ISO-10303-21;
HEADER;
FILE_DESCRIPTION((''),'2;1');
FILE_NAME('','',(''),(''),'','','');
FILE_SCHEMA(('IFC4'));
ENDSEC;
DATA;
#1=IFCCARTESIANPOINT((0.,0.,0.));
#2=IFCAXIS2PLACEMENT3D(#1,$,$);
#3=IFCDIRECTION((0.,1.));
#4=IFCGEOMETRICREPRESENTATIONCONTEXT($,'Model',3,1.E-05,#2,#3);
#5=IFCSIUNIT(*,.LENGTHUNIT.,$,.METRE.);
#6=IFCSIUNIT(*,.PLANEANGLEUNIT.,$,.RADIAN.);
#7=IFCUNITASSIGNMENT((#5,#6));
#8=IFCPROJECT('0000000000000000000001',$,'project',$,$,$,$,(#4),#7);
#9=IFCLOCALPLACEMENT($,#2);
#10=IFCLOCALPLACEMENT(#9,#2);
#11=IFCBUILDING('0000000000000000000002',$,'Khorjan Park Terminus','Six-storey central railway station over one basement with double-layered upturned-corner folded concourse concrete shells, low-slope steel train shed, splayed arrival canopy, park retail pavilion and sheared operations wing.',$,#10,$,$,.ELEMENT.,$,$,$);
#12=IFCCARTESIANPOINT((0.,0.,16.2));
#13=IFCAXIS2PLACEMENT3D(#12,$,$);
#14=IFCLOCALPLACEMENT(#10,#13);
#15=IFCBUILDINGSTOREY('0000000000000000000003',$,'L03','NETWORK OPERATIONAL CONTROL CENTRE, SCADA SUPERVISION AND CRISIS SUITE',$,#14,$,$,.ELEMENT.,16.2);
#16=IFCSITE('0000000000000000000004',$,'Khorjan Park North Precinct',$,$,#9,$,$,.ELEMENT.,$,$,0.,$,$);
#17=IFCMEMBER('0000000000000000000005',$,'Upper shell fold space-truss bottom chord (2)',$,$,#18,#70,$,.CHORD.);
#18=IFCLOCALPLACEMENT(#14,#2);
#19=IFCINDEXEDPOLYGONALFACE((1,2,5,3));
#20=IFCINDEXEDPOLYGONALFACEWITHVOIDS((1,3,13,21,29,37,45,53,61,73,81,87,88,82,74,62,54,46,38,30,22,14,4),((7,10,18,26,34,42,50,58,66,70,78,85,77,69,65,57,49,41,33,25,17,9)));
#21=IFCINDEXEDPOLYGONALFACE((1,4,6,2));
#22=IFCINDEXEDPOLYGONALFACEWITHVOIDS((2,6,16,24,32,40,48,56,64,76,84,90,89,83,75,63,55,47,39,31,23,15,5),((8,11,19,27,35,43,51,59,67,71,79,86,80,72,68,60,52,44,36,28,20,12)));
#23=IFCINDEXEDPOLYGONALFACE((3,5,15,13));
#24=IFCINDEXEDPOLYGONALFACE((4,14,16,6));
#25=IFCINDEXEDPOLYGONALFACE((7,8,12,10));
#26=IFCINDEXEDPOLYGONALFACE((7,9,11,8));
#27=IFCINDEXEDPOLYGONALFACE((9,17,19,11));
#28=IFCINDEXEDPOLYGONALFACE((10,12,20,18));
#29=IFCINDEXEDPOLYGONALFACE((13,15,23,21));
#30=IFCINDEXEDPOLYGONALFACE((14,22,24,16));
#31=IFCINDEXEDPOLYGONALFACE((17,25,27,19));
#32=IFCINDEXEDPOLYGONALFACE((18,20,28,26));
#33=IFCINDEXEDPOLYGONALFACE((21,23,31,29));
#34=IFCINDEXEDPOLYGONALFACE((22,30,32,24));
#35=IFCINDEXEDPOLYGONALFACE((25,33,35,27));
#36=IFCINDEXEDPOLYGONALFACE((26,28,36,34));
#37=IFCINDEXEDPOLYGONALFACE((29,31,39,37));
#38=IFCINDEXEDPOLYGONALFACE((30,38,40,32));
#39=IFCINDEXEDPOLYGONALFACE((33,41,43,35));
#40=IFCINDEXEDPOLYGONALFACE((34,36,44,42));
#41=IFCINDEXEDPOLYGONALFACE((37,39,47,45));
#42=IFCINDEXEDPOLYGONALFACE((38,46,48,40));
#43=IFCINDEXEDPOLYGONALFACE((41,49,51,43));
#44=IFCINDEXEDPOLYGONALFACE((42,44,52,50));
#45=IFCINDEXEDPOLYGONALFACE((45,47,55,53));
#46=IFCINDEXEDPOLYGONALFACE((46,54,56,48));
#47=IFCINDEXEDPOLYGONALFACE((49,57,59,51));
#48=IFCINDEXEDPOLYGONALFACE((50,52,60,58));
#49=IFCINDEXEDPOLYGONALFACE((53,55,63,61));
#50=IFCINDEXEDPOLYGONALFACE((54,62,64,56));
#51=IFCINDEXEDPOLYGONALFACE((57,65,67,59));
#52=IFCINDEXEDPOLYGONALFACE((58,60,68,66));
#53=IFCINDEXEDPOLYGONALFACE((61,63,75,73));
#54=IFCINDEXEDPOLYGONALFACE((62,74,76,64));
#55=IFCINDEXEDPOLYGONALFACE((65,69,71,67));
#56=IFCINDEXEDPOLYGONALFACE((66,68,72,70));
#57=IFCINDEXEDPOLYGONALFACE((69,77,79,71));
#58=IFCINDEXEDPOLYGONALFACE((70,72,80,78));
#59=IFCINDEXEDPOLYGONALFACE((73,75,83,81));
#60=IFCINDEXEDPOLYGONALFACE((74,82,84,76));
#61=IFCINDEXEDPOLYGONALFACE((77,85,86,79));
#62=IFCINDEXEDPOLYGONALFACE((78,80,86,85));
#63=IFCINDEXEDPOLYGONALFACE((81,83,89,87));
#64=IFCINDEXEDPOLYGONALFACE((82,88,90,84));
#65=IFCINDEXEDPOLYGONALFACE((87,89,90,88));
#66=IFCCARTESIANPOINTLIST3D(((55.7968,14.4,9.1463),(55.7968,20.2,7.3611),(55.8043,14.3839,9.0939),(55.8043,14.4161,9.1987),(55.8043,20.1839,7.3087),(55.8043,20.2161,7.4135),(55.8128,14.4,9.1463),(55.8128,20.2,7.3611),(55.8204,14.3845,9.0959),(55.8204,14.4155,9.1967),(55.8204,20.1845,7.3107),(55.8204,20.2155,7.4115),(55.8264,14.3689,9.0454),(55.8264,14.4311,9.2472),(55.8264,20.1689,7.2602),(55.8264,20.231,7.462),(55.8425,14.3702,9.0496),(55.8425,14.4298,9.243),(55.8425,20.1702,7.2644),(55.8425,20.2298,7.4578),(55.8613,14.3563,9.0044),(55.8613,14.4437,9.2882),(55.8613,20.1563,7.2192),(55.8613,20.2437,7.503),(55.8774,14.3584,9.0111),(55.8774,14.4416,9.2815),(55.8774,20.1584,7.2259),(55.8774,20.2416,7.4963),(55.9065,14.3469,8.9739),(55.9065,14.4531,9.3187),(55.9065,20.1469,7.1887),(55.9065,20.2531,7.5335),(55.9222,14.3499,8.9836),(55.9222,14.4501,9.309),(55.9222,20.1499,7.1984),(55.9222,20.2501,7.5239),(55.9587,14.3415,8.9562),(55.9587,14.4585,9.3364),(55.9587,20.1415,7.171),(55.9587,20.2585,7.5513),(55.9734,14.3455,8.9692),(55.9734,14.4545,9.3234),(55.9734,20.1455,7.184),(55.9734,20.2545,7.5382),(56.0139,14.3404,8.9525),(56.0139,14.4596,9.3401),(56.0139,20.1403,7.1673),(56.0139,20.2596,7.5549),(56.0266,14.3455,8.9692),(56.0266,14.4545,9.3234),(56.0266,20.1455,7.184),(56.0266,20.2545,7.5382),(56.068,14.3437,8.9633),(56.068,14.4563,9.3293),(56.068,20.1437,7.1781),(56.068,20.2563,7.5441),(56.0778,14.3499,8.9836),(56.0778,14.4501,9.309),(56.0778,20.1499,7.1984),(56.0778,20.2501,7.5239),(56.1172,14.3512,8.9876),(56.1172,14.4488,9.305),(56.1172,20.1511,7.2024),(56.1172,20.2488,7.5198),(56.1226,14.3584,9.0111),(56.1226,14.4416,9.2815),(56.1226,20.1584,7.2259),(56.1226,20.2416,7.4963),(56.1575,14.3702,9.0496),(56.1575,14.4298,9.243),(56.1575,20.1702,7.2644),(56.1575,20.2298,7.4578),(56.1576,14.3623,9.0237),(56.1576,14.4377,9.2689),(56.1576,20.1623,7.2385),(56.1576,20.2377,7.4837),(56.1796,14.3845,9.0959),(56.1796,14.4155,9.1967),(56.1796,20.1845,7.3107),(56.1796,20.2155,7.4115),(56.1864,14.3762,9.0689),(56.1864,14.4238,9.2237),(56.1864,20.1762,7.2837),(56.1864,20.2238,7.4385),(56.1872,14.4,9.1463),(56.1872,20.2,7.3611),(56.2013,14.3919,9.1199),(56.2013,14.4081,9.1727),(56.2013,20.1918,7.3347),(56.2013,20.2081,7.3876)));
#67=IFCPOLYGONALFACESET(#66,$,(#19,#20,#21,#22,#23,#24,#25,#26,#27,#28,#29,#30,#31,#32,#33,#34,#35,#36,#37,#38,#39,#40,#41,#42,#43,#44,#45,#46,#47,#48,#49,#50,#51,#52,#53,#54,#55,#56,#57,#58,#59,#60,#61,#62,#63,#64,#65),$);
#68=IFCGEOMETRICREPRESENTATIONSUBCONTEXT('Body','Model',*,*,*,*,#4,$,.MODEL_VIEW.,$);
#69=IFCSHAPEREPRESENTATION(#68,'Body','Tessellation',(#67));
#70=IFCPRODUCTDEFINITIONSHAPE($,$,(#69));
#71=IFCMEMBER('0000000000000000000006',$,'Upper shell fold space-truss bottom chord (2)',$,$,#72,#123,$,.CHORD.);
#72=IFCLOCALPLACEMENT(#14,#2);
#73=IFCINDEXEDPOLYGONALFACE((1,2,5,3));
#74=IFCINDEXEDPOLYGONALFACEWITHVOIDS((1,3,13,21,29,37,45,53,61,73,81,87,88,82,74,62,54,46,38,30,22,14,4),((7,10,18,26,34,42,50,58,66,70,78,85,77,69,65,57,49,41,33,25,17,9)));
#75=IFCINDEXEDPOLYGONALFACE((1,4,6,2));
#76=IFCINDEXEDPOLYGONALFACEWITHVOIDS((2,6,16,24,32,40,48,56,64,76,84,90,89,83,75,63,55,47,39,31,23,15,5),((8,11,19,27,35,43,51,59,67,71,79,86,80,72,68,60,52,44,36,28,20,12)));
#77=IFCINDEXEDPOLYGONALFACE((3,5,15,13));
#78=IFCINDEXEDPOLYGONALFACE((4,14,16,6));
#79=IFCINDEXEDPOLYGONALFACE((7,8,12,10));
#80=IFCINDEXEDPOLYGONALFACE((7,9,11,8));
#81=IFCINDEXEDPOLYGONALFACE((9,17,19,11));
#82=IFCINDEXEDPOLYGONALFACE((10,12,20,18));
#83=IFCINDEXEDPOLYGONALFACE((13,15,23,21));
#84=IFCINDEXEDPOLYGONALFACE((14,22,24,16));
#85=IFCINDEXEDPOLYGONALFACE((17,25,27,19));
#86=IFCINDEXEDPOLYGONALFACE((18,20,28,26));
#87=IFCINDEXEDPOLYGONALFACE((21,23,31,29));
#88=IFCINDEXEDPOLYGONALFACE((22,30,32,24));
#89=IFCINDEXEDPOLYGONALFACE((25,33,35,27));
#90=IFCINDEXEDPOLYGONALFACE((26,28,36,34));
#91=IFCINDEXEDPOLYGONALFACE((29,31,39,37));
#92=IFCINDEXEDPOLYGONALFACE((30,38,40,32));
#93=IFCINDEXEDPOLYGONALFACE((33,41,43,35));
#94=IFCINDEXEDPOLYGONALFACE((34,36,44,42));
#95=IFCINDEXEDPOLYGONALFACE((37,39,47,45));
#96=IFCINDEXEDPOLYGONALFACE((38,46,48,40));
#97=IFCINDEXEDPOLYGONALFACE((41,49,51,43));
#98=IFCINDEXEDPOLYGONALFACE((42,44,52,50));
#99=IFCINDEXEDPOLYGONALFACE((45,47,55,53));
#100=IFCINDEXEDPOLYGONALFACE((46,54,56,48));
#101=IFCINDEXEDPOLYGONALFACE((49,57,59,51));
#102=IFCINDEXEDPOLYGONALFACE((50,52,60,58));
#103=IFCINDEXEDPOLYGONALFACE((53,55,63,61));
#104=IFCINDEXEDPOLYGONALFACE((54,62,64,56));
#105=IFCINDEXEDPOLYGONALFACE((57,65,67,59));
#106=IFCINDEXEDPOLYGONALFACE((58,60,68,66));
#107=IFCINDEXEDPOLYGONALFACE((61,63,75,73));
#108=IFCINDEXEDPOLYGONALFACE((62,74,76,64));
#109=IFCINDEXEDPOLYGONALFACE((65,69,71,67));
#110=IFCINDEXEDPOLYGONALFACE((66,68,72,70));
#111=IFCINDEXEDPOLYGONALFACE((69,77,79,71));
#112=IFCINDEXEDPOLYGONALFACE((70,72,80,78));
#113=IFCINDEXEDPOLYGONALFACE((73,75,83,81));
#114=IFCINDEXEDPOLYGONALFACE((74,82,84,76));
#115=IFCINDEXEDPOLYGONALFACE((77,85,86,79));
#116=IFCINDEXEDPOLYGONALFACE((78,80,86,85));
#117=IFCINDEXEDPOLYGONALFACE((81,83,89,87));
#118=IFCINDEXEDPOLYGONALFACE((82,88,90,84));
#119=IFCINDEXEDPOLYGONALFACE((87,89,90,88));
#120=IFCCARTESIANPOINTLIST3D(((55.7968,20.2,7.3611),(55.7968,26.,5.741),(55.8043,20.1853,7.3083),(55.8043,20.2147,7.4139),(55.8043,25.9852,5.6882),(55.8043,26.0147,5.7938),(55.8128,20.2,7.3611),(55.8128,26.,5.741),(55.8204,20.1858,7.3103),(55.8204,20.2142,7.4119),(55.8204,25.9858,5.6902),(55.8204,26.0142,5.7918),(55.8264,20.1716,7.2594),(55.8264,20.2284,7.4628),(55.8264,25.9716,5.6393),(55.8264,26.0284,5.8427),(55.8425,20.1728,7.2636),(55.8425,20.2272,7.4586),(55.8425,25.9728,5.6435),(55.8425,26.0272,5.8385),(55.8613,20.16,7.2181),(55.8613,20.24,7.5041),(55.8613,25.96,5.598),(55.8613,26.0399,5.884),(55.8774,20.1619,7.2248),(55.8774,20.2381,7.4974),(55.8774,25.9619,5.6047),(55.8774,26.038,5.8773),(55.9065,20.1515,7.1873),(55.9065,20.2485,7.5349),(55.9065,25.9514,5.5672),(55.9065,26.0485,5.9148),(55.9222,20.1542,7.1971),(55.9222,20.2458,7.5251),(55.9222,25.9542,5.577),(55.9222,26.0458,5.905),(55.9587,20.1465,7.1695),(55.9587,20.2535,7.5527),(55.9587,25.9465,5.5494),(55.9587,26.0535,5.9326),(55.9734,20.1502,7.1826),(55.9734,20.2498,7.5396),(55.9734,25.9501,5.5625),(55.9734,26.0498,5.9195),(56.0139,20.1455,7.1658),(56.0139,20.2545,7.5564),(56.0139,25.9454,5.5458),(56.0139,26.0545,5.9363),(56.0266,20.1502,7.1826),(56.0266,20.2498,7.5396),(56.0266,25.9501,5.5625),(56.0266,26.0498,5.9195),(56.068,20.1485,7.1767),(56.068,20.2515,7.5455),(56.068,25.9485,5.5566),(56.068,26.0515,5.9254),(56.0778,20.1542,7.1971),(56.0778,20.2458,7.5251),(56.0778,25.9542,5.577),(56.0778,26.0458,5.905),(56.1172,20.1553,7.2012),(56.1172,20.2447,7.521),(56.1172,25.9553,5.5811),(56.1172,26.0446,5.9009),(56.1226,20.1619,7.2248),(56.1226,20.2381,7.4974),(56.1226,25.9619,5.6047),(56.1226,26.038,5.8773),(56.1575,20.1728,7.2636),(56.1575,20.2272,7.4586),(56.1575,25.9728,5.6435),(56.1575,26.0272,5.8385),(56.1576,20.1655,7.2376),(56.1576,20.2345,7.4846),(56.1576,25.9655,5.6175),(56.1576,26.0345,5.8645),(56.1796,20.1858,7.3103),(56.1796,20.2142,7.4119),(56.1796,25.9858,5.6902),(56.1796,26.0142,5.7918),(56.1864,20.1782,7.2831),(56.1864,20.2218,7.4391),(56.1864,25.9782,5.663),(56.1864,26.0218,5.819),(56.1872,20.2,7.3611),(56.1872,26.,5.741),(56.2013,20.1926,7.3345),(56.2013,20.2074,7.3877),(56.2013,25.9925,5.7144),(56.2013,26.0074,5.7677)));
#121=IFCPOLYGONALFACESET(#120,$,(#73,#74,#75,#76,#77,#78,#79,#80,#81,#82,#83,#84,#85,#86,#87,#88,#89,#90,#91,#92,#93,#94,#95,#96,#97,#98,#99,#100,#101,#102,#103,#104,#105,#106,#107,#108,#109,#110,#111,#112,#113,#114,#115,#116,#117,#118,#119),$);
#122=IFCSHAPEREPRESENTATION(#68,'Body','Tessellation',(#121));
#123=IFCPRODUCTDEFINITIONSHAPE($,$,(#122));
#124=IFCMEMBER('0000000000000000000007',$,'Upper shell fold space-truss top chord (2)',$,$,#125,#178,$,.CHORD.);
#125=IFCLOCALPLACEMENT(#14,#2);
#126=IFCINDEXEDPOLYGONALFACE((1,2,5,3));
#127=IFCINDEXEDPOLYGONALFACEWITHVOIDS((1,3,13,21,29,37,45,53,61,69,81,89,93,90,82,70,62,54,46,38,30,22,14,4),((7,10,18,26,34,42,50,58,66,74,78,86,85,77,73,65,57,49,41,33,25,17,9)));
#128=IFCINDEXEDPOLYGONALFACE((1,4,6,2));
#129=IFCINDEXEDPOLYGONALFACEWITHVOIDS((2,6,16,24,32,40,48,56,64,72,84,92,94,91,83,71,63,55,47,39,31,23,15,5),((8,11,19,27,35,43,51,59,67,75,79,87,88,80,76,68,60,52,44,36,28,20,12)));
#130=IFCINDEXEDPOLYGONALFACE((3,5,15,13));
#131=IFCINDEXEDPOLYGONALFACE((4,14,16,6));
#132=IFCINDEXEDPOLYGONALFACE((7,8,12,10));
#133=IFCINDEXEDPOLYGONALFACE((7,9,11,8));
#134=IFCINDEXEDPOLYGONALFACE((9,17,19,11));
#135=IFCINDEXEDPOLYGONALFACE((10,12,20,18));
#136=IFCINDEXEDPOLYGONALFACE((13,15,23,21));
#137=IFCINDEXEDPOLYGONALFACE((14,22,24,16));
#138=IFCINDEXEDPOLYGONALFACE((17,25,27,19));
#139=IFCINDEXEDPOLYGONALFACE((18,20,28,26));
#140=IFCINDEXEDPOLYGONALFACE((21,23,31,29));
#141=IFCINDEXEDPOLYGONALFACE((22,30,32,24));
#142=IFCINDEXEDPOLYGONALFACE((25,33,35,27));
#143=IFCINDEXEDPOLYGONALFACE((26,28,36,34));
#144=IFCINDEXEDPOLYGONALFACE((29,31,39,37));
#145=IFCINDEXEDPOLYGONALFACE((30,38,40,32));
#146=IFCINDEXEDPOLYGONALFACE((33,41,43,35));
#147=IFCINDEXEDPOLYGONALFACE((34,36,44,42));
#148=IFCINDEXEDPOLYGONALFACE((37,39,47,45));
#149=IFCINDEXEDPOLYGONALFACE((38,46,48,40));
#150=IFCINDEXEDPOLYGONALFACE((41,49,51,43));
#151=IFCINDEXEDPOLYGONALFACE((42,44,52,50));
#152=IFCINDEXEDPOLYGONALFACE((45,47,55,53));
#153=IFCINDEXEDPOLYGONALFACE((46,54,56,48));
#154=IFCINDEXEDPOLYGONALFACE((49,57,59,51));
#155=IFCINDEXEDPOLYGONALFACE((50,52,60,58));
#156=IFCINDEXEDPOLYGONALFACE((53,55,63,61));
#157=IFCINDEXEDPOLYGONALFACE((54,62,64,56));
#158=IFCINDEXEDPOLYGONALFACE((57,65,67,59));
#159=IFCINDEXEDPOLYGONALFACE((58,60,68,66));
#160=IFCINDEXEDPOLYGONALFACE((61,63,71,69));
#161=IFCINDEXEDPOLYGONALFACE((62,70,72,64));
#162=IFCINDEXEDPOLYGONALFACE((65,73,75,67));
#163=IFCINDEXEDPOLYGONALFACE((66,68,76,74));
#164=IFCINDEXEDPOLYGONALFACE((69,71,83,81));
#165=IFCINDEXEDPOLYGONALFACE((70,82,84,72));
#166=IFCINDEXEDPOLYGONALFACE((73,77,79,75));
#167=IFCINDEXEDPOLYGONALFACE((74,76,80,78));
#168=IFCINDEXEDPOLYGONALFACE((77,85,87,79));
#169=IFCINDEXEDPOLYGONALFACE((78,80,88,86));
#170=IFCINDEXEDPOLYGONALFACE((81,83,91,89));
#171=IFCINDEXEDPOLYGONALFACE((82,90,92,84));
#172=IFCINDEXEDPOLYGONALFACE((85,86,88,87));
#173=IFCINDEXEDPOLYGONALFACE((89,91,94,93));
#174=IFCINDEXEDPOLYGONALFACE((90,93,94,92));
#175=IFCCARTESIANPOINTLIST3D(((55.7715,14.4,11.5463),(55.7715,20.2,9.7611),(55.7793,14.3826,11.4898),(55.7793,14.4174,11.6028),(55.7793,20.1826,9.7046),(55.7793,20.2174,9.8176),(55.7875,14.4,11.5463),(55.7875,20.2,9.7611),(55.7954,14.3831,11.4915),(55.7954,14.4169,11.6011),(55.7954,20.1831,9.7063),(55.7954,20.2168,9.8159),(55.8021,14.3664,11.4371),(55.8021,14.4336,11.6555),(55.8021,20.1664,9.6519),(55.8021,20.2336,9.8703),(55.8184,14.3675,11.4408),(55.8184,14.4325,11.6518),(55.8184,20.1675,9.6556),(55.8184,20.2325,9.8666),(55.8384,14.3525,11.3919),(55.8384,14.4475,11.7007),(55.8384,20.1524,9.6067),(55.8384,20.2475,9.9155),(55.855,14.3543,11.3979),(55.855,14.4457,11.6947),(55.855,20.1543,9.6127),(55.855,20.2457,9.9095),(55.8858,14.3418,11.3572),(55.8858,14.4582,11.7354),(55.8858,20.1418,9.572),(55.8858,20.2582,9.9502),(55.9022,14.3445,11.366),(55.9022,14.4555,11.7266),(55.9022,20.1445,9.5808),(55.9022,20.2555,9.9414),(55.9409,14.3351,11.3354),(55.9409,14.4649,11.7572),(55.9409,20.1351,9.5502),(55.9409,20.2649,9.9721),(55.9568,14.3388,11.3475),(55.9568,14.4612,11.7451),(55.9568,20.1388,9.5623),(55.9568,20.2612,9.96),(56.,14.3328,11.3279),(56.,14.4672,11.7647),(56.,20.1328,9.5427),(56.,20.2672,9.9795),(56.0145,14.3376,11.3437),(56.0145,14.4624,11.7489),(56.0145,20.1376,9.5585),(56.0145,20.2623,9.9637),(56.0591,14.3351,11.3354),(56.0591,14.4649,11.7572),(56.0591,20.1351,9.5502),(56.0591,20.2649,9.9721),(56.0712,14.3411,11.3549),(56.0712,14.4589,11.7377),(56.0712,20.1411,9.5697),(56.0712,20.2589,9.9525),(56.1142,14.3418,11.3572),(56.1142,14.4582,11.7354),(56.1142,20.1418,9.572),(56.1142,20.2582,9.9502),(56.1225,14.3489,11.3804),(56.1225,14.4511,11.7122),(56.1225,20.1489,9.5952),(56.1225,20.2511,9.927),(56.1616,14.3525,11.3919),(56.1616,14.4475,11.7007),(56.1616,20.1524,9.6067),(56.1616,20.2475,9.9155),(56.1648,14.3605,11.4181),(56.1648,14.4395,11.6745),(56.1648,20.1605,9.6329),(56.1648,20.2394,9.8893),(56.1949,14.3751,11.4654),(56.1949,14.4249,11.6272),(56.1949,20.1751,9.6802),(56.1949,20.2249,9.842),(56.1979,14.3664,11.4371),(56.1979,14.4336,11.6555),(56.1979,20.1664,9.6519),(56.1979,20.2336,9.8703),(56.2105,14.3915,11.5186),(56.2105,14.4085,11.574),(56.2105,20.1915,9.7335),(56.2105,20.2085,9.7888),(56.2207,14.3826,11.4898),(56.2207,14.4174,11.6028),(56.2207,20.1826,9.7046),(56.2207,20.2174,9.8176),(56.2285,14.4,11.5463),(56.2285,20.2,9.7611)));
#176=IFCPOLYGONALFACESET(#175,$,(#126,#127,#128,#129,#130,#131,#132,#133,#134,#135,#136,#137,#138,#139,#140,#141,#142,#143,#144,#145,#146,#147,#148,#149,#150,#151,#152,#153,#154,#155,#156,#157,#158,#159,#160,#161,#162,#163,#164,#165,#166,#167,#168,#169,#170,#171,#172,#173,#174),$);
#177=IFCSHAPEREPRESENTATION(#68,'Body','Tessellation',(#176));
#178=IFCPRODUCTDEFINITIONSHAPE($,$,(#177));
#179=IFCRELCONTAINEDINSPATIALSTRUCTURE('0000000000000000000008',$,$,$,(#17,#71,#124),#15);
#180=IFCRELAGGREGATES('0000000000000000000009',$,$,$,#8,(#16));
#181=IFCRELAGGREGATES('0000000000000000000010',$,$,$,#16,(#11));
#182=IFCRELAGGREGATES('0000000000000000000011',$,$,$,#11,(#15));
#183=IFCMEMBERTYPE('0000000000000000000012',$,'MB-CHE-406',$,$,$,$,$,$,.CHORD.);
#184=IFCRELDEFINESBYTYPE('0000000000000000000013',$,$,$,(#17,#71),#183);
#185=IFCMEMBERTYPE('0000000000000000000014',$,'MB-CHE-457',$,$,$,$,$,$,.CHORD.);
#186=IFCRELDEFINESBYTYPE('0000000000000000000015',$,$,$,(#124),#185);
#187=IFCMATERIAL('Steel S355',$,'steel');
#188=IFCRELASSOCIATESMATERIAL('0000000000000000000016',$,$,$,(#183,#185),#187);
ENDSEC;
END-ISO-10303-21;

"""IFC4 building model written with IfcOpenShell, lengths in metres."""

from ifc_helpers import new_model, si_unit, direction, frame, origin, origin_2d, place, context, subcontext, project, spatial, hollow_circle, extrude, material, material_profile, profile_set, type_object, element, save


model = new_model("IFC4")

# Units and contexts
model_context = context("Model", 3, precision=1e-05, world=origin(), true_north=direction((0.0, 1.0)))
body_context = subcontext(model_context, "Body", "Model", "MODEL_VIEW")
ifc_project = project(units=[si_unit("LENGTHUNIT", "METRE"), si_unit("PLANEANGLEUNIT", "RADIAN")], contexts=[model_context])

# Site, building, storey
site_placement = place(None, origin())
site = spatial("IfcSite", under=ifc_project, at=site_placement, Name="Khorjan Park North Precinct", CompositionType="ELEMENT", RefElevation=0.0)
building_placement = place(site_placement, origin())
building = spatial("IfcBuilding", under=site, at=building_placement, Name="Khorjan Park Terminus", Description="Six-storey central railway station over one basement with double-layered upturned-corner folded concourse concrete shells, low-slope steel train shed, splayed arrival canopy, park retail pavilion and sheared operations wing.", CompositionType="ELEMENT")
storey_placement = place(building_placement, frame((0.0, 0.0, 16.2)))
storey = spatial("IfcBuildingStorey", under=building, at=storey_placement, Name="L03", Description="NETWORK OPERATIONAL CONTROL CENTRE, SCADA SUPERVISION AND CRISIS SUITE", CompositionType="ELEMENT", Elevation=16.2)

# Members
ifc_material_1 = material(Name="Steel S355", Category="steel")
ifc_material_profile_1 = material_profile(ifc_material_1, hollow_circle(Radius=0.2032, WallThickness=0.016, at=origin_2d()), Name="CHS 406.4x16")
ifc_profile_set_1 = profile_set([ifc_material_profile_1], Name="Steel S355")
member_type_1 = type_object("IfcMemberType", Name="MB-CHE-406", PredefinedType="CHORD", material=ifc_profile_set_1)
member_1_placement = place(storey_placement, frame((56.0, 14.4, 9.1463), z_axis=(0.0, 0.955752, -0.294174), x_axis=(-1.0, 0.0, 0.0)))
element("IfcMember", 1, at=member_1_placement, inside=storey, type_object=member_type_1, Name="Upper shell fold space-truss bottom chord (2)", PredefinedType="CHORD", context=body_context, shape_type="SweptSolid", body=[
    extrude(hollow_circle(Radius=0.2032, WallThickness=0.016, at=origin_2d()), origin(), (0.0, 0.0, 1.0), 6.0685),
])
member_2_placement = place(storey_placement, frame((56.0, 20.2, 7.3611), z_axis=(0.0, 0.963132, -0.269029), x_axis=(-1.0, 0.0, 0.0)))
element("IfcMember", 2, at=member_2_placement, inside=storey, type_object=member_type_1, Name="Upper shell fold space-truss bottom chord (2)", PredefinedType="CHORD", context=body_context, shape_type="SweptSolid", body=[
    extrude(hollow_circle(Radius=0.2032, WallThickness=0.016, at=origin_2d()), origin(), (0.0, 0.0, 1.0), 6.022),
])
ifc_material_profile_2 = material_profile(ifc_material_1, hollow_circle(Radius=0.2285, WallThickness=0.016, at=origin_2d()), Name="CHS 457x16")
ifc_profile_set_2 = profile_set([ifc_material_profile_2], Name="Steel S355")
member_type_2 = type_object("IfcMemberType", Name="MB-CHE-457", PredefinedType="CHORD", material=ifc_profile_set_2)
member_3_placement = place(storey_placement, frame((56.0, 14.4, 11.5463), z_axis=(0.0, 0.955752, -0.294174), x_axis=(-1.0, 0.0, 0.0)))
element("IfcMember", 3, at=member_3_placement, inside=storey, type_object=member_type_2, Name="Upper shell fold space-truss top chord (2)", PredefinedType="CHORD", context=body_context, shape_type="SweptSolid", body=[
    extrude(hollow_circle(Radius=0.2285, WallThickness=0.016, at=origin_2d()), origin(), (0.0, 0.0, 1.0), 6.0685),
])

save(model, "model.ifc")
